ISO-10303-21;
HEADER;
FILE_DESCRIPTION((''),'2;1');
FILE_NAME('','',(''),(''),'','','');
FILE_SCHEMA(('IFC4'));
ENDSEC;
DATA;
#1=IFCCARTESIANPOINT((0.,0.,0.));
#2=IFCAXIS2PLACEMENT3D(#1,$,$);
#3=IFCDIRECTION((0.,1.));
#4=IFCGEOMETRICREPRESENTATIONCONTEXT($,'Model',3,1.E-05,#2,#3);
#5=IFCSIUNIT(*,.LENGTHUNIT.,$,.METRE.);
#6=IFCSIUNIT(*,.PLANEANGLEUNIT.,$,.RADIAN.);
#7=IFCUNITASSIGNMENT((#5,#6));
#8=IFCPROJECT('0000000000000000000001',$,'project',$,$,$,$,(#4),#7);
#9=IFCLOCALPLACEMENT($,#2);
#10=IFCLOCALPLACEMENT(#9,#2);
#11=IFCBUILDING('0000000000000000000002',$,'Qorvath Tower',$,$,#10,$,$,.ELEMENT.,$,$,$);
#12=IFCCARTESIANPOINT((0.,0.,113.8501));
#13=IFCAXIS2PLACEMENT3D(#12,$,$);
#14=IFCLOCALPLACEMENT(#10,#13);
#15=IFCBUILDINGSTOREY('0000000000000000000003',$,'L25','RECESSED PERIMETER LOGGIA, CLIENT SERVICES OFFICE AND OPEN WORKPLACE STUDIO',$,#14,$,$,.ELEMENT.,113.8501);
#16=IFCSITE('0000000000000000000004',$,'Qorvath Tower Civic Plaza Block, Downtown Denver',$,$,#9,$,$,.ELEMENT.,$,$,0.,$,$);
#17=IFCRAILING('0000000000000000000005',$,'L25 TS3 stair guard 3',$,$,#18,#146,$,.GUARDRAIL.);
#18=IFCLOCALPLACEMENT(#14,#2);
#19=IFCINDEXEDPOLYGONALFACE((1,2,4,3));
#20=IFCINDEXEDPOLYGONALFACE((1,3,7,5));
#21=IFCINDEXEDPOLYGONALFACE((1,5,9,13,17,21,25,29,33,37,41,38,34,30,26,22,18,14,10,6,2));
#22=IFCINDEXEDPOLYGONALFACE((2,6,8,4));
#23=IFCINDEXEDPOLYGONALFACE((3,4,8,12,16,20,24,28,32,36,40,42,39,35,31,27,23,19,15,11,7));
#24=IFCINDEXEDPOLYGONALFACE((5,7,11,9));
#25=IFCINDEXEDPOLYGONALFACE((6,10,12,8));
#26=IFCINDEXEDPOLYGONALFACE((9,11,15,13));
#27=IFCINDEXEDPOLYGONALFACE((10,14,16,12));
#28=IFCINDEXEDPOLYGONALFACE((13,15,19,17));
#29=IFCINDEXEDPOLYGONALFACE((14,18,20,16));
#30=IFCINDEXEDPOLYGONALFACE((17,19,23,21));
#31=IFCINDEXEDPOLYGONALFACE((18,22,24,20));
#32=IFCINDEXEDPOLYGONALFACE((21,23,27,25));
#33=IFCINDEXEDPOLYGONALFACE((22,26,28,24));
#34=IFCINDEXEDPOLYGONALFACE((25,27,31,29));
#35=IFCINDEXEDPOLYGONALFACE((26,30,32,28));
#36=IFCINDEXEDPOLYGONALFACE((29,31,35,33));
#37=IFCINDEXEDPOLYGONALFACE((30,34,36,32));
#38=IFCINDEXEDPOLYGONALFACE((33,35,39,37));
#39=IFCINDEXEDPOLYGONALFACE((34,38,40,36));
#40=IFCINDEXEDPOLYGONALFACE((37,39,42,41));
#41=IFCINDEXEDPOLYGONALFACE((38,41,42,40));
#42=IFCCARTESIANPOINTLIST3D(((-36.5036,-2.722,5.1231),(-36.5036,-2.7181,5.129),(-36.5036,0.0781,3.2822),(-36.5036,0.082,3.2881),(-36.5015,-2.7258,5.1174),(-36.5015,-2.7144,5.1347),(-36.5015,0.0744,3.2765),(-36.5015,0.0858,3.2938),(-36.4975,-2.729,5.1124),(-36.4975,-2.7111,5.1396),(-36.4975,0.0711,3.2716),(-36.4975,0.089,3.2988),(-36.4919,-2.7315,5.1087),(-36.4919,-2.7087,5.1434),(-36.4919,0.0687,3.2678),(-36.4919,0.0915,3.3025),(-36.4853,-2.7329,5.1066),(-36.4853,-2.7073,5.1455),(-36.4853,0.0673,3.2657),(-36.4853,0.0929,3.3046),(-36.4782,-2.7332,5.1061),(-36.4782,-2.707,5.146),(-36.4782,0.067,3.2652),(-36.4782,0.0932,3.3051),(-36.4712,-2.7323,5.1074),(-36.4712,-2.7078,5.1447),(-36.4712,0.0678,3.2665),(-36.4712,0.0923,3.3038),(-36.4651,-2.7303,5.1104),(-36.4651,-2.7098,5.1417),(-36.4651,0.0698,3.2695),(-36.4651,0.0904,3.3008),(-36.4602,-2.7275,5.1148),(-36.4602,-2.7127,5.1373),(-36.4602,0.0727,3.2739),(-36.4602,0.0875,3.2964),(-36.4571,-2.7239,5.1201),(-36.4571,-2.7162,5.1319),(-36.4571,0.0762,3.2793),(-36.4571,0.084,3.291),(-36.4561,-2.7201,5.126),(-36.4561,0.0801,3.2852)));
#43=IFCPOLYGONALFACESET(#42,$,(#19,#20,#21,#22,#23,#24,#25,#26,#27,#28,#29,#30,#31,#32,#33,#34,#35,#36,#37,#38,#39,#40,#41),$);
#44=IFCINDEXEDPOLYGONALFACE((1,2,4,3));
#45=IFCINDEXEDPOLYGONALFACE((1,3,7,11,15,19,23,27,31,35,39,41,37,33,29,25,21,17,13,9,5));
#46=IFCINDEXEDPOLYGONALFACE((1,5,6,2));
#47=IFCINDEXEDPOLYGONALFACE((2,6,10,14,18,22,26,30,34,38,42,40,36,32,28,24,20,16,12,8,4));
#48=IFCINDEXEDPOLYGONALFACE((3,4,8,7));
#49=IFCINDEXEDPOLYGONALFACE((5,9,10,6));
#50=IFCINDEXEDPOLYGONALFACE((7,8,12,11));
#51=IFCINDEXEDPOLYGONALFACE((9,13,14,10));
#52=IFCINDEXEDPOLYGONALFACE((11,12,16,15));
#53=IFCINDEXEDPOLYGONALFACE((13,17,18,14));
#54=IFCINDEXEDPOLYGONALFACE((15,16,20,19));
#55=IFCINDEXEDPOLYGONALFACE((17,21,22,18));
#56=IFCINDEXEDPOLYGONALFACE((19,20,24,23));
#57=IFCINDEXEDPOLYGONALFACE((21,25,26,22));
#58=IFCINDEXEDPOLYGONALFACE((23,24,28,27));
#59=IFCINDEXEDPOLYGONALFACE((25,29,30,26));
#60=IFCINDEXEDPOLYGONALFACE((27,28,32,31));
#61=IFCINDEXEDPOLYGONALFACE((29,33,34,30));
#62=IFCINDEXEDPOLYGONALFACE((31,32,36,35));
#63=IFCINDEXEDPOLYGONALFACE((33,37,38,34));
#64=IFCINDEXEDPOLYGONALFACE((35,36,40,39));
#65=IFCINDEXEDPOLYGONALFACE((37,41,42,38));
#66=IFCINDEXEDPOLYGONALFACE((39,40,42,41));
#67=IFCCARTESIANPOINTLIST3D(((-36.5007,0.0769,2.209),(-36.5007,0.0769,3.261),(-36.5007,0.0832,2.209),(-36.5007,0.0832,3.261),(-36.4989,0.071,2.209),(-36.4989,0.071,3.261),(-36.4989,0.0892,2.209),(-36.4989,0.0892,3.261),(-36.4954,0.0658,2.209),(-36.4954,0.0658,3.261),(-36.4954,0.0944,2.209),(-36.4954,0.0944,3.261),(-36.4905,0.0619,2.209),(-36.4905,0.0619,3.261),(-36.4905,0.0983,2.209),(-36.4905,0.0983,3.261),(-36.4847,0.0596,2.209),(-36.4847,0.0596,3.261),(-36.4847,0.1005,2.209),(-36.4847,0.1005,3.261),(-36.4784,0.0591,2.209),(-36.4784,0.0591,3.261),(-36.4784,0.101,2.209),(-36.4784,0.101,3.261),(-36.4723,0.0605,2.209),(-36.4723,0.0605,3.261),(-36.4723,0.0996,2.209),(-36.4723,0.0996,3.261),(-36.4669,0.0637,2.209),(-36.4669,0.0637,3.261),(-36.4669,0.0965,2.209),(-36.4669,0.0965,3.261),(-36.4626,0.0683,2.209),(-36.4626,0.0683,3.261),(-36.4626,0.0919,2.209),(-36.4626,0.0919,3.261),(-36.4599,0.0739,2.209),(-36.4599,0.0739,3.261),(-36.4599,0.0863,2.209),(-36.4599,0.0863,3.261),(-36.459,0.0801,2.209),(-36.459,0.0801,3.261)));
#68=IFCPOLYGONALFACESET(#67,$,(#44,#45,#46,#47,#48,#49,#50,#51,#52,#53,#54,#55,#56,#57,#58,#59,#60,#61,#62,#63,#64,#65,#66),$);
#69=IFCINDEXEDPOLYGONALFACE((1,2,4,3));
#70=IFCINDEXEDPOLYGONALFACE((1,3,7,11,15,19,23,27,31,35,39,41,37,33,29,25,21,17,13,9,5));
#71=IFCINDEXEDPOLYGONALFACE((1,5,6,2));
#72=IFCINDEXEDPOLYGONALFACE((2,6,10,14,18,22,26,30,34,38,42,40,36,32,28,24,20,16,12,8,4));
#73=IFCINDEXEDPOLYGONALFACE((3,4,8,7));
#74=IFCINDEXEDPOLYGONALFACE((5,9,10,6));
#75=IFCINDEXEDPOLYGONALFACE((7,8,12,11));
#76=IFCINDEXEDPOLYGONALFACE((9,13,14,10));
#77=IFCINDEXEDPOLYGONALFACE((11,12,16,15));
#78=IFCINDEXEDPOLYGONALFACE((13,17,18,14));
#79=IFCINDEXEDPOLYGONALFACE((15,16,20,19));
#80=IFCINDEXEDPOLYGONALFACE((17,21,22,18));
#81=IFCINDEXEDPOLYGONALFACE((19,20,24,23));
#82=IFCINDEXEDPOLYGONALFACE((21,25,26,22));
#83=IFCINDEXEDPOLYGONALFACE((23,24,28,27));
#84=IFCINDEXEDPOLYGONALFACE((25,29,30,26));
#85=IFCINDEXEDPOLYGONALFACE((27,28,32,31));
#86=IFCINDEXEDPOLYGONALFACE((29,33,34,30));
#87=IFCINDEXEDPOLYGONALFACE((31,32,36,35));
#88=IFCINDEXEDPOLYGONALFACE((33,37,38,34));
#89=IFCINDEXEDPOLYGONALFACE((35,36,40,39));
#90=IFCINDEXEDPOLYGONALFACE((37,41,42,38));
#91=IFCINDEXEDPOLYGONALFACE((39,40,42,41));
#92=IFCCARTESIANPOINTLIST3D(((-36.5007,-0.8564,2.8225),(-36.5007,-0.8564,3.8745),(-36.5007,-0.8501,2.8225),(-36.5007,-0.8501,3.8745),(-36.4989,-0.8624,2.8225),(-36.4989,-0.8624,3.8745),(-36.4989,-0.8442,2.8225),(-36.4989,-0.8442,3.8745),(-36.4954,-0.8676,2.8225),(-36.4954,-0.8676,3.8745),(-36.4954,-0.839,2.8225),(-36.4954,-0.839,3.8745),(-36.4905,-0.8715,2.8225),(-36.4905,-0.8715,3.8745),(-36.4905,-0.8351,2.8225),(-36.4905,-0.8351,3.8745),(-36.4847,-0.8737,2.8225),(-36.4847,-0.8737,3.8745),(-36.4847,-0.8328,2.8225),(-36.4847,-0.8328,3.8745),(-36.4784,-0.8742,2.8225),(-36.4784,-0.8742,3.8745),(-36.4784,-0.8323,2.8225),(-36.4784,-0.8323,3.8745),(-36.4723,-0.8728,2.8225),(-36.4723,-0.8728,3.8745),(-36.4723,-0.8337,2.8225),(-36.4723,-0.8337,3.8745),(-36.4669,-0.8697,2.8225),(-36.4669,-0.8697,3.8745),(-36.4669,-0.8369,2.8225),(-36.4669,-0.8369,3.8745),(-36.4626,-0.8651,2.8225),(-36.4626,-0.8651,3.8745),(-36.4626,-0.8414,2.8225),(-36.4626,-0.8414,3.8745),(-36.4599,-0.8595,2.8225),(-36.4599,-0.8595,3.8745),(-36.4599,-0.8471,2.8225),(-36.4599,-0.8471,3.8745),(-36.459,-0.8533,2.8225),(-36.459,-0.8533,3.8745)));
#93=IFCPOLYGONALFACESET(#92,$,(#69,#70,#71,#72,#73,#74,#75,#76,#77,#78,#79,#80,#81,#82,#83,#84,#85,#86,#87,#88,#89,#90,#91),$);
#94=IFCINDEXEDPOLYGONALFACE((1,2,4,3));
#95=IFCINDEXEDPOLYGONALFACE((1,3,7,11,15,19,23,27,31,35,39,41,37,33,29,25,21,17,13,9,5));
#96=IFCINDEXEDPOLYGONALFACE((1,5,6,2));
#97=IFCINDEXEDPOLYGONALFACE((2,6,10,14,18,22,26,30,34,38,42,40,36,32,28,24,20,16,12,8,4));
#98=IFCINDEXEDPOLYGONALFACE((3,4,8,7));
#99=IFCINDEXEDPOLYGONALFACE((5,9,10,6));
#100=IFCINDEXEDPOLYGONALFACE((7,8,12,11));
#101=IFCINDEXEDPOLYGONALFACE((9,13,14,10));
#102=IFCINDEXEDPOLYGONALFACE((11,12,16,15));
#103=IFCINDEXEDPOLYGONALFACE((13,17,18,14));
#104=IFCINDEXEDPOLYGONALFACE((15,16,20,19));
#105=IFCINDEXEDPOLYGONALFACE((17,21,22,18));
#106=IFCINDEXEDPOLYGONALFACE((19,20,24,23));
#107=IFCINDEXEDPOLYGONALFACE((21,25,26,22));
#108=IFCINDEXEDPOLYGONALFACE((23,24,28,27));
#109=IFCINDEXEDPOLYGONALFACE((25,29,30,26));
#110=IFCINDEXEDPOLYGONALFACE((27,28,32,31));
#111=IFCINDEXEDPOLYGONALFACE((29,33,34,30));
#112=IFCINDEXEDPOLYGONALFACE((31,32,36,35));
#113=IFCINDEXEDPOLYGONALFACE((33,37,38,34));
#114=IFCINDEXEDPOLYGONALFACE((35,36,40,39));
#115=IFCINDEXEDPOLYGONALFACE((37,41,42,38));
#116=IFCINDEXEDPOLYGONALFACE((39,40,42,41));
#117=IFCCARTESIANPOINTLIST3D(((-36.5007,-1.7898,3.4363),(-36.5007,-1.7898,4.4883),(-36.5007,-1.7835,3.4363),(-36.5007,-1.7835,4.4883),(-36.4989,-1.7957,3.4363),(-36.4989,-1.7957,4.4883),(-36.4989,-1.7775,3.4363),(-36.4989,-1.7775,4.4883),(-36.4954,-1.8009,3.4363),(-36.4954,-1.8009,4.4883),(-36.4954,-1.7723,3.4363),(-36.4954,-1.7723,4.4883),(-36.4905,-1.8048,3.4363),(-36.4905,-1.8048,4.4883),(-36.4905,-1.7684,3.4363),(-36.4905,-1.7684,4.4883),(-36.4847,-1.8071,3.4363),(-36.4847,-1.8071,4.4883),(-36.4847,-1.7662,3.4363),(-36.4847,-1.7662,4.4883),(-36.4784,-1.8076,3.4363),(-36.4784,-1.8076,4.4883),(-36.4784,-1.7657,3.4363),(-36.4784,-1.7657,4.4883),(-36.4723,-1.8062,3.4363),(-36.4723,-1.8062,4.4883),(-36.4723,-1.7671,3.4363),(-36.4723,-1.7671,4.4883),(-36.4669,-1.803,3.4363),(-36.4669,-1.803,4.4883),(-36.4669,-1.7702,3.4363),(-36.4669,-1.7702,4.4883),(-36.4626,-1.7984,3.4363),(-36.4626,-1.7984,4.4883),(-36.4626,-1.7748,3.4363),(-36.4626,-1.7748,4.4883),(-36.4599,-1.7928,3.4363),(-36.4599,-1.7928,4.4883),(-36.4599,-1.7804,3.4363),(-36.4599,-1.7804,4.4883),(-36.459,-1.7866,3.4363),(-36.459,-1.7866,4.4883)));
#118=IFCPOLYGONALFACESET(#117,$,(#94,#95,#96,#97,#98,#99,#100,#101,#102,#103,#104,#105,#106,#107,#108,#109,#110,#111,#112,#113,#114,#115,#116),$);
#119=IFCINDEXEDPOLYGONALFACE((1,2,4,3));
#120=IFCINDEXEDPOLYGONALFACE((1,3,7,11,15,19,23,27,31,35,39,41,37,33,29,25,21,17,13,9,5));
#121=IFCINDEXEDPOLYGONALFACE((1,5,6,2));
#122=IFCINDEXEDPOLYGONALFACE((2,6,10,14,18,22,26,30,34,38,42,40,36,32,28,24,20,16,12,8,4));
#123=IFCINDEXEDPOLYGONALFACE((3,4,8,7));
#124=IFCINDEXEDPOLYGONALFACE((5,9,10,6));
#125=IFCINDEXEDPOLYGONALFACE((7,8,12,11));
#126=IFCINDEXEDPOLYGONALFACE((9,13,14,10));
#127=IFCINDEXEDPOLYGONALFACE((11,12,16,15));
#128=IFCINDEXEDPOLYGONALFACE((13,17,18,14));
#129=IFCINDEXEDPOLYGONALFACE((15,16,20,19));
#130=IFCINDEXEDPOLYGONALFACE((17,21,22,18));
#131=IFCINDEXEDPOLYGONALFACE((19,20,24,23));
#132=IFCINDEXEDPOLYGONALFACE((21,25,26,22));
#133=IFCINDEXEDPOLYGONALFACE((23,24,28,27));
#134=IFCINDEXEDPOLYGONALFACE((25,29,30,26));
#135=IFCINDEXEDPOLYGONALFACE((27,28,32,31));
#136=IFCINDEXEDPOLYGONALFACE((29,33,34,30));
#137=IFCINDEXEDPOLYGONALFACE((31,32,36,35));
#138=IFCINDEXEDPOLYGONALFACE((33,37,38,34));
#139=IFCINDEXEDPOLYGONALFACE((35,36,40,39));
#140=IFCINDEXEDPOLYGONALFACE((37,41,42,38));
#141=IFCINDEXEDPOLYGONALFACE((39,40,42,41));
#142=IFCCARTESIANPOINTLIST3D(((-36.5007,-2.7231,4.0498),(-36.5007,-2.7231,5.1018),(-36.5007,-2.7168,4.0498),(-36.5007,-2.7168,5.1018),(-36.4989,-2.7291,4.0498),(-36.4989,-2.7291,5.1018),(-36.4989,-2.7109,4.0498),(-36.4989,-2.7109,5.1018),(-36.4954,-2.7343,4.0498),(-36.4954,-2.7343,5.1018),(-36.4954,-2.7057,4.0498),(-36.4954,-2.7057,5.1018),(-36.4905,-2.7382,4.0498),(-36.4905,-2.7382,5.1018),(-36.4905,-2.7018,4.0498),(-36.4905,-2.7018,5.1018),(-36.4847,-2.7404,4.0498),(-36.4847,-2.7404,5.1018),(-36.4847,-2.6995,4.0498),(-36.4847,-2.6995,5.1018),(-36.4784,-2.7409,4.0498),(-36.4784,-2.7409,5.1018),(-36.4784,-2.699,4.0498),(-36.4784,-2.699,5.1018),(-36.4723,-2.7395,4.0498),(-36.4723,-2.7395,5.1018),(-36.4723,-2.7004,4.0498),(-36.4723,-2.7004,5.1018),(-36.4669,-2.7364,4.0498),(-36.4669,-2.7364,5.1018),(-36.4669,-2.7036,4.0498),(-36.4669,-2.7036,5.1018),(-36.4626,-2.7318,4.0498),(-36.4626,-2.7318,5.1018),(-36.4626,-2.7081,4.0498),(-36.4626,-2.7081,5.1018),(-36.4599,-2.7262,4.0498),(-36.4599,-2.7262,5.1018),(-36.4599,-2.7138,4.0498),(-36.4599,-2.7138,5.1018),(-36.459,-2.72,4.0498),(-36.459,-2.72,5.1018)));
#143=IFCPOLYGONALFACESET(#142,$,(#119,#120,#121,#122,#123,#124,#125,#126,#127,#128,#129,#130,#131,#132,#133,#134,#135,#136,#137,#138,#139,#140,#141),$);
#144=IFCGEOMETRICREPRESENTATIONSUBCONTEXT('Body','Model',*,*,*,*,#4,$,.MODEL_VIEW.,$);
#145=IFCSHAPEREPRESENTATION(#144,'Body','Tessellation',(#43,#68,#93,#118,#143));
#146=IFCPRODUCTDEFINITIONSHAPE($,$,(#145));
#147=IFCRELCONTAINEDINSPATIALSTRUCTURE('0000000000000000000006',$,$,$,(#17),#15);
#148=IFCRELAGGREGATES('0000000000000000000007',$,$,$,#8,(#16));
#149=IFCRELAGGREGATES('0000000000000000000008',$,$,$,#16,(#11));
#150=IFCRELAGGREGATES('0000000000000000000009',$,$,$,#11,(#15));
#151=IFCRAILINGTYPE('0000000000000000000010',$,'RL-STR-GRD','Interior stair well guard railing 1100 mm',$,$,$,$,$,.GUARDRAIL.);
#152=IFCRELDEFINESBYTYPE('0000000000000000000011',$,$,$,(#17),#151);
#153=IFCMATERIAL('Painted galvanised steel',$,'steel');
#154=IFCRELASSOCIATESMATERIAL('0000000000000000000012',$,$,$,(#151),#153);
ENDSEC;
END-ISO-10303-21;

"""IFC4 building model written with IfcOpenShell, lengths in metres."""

from ifc_helpers import new_model, si_unit, direction, frame, origin, origin_2d, place, context, subcontext, project, spatial, circle, extrude, material, type_object, element, save


model = new_model("IFC4")

# Units and contexts
model_context = context("Model", 3, precision=1e-05, world=origin(), true_north=direction((0.0, 1.0)))
body_context = subcontext(model_context, "Body", "Model", "MODEL_VIEW")
ifc_project = project(units=[si_unit("LENGTHUNIT", "METRE"), si_unit("PLANEANGLEUNIT", "RADIAN")], contexts=[model_context])

# Site, building, storey
site_placement = place(None, origin())
site = spatial("IfcSite", under=ifc_project, at=site_placement, Name="Qorvath Tower Civic Plaza Block, Downtown Denver", CompositionType="ELEMENT", RefElevation=0.0)
building_placement = place(site_placement, origin())
building = spatial("IfcBuilding", under=site, at=building_placement, Name="Qorvath Tower", CompositionType="ELEMENT")
storey_placement = place(building_placement, frame((0.0, 0.0, 113.8501)))
storey = spatial("IfcBuildingStorey", under=building, at=storey_placement, Name="L25", Description="RECESSED PERIMETER LOGGIA, CLIENT SERVICES OFFICE AND OPEN WORKPLACE STUDIO", CompositionType="ELEMENT", Elevation=113.8501)

# Railing
ifc_material_1 = material(Name="Painted galvanised steel", Category="steel")
railing_type_1 = type_object("IfcRailingType", Name="RL-STR-GRD", Description="Interior stair well guard railing 1100 mm", PredefinedType="GUARDRAIL", material=ifc_material_1)
railing_1_placement = place(storey_placement, frame((-36.48, 0.0801, 2.209)))
element("IfcRailing", 1, at=railing_1_placement, inside=storey, type_object=railing_type_1, Name="L25 TS3 stair guard 3", PredefinedType="GUARDRAIL", context=body_context, shape_type="SweptSolid", body=[
    extrude(circle(Radius=0.0239, at=origin_2d()), frame((0.0, 0.0, 1.0762), z_axis=(0.0, -0.835598, 0.549342), x_axis=(1.0, 0.0, 0.0)), (0.0, 0.0, 1.0), 3.3511),
    extrude(circle(Radius=0.021, at=origin_2d()), origin(), (0.0, 0.0, 1.0), 1.052),
    extrude(circle(Radius=0.021, at=origin_2d()), frame((0.0, -0.9333, 0.6135)), (0.0, 0.0, 1.0), 1.052),
    extrude(circle(Radius=0.021, at=origin_2d()), frame((0.0, -1.8667, 1.2273)), (0.0, 0.0, 1.0), 1.052),
    extrude(circle(Radius=0.021, at=origin_2d()), frame((0.0, -2.8, 1.8408)), (0.0, 0.0, 1.0), 1.052),
])

save(model, "model.ifc")
